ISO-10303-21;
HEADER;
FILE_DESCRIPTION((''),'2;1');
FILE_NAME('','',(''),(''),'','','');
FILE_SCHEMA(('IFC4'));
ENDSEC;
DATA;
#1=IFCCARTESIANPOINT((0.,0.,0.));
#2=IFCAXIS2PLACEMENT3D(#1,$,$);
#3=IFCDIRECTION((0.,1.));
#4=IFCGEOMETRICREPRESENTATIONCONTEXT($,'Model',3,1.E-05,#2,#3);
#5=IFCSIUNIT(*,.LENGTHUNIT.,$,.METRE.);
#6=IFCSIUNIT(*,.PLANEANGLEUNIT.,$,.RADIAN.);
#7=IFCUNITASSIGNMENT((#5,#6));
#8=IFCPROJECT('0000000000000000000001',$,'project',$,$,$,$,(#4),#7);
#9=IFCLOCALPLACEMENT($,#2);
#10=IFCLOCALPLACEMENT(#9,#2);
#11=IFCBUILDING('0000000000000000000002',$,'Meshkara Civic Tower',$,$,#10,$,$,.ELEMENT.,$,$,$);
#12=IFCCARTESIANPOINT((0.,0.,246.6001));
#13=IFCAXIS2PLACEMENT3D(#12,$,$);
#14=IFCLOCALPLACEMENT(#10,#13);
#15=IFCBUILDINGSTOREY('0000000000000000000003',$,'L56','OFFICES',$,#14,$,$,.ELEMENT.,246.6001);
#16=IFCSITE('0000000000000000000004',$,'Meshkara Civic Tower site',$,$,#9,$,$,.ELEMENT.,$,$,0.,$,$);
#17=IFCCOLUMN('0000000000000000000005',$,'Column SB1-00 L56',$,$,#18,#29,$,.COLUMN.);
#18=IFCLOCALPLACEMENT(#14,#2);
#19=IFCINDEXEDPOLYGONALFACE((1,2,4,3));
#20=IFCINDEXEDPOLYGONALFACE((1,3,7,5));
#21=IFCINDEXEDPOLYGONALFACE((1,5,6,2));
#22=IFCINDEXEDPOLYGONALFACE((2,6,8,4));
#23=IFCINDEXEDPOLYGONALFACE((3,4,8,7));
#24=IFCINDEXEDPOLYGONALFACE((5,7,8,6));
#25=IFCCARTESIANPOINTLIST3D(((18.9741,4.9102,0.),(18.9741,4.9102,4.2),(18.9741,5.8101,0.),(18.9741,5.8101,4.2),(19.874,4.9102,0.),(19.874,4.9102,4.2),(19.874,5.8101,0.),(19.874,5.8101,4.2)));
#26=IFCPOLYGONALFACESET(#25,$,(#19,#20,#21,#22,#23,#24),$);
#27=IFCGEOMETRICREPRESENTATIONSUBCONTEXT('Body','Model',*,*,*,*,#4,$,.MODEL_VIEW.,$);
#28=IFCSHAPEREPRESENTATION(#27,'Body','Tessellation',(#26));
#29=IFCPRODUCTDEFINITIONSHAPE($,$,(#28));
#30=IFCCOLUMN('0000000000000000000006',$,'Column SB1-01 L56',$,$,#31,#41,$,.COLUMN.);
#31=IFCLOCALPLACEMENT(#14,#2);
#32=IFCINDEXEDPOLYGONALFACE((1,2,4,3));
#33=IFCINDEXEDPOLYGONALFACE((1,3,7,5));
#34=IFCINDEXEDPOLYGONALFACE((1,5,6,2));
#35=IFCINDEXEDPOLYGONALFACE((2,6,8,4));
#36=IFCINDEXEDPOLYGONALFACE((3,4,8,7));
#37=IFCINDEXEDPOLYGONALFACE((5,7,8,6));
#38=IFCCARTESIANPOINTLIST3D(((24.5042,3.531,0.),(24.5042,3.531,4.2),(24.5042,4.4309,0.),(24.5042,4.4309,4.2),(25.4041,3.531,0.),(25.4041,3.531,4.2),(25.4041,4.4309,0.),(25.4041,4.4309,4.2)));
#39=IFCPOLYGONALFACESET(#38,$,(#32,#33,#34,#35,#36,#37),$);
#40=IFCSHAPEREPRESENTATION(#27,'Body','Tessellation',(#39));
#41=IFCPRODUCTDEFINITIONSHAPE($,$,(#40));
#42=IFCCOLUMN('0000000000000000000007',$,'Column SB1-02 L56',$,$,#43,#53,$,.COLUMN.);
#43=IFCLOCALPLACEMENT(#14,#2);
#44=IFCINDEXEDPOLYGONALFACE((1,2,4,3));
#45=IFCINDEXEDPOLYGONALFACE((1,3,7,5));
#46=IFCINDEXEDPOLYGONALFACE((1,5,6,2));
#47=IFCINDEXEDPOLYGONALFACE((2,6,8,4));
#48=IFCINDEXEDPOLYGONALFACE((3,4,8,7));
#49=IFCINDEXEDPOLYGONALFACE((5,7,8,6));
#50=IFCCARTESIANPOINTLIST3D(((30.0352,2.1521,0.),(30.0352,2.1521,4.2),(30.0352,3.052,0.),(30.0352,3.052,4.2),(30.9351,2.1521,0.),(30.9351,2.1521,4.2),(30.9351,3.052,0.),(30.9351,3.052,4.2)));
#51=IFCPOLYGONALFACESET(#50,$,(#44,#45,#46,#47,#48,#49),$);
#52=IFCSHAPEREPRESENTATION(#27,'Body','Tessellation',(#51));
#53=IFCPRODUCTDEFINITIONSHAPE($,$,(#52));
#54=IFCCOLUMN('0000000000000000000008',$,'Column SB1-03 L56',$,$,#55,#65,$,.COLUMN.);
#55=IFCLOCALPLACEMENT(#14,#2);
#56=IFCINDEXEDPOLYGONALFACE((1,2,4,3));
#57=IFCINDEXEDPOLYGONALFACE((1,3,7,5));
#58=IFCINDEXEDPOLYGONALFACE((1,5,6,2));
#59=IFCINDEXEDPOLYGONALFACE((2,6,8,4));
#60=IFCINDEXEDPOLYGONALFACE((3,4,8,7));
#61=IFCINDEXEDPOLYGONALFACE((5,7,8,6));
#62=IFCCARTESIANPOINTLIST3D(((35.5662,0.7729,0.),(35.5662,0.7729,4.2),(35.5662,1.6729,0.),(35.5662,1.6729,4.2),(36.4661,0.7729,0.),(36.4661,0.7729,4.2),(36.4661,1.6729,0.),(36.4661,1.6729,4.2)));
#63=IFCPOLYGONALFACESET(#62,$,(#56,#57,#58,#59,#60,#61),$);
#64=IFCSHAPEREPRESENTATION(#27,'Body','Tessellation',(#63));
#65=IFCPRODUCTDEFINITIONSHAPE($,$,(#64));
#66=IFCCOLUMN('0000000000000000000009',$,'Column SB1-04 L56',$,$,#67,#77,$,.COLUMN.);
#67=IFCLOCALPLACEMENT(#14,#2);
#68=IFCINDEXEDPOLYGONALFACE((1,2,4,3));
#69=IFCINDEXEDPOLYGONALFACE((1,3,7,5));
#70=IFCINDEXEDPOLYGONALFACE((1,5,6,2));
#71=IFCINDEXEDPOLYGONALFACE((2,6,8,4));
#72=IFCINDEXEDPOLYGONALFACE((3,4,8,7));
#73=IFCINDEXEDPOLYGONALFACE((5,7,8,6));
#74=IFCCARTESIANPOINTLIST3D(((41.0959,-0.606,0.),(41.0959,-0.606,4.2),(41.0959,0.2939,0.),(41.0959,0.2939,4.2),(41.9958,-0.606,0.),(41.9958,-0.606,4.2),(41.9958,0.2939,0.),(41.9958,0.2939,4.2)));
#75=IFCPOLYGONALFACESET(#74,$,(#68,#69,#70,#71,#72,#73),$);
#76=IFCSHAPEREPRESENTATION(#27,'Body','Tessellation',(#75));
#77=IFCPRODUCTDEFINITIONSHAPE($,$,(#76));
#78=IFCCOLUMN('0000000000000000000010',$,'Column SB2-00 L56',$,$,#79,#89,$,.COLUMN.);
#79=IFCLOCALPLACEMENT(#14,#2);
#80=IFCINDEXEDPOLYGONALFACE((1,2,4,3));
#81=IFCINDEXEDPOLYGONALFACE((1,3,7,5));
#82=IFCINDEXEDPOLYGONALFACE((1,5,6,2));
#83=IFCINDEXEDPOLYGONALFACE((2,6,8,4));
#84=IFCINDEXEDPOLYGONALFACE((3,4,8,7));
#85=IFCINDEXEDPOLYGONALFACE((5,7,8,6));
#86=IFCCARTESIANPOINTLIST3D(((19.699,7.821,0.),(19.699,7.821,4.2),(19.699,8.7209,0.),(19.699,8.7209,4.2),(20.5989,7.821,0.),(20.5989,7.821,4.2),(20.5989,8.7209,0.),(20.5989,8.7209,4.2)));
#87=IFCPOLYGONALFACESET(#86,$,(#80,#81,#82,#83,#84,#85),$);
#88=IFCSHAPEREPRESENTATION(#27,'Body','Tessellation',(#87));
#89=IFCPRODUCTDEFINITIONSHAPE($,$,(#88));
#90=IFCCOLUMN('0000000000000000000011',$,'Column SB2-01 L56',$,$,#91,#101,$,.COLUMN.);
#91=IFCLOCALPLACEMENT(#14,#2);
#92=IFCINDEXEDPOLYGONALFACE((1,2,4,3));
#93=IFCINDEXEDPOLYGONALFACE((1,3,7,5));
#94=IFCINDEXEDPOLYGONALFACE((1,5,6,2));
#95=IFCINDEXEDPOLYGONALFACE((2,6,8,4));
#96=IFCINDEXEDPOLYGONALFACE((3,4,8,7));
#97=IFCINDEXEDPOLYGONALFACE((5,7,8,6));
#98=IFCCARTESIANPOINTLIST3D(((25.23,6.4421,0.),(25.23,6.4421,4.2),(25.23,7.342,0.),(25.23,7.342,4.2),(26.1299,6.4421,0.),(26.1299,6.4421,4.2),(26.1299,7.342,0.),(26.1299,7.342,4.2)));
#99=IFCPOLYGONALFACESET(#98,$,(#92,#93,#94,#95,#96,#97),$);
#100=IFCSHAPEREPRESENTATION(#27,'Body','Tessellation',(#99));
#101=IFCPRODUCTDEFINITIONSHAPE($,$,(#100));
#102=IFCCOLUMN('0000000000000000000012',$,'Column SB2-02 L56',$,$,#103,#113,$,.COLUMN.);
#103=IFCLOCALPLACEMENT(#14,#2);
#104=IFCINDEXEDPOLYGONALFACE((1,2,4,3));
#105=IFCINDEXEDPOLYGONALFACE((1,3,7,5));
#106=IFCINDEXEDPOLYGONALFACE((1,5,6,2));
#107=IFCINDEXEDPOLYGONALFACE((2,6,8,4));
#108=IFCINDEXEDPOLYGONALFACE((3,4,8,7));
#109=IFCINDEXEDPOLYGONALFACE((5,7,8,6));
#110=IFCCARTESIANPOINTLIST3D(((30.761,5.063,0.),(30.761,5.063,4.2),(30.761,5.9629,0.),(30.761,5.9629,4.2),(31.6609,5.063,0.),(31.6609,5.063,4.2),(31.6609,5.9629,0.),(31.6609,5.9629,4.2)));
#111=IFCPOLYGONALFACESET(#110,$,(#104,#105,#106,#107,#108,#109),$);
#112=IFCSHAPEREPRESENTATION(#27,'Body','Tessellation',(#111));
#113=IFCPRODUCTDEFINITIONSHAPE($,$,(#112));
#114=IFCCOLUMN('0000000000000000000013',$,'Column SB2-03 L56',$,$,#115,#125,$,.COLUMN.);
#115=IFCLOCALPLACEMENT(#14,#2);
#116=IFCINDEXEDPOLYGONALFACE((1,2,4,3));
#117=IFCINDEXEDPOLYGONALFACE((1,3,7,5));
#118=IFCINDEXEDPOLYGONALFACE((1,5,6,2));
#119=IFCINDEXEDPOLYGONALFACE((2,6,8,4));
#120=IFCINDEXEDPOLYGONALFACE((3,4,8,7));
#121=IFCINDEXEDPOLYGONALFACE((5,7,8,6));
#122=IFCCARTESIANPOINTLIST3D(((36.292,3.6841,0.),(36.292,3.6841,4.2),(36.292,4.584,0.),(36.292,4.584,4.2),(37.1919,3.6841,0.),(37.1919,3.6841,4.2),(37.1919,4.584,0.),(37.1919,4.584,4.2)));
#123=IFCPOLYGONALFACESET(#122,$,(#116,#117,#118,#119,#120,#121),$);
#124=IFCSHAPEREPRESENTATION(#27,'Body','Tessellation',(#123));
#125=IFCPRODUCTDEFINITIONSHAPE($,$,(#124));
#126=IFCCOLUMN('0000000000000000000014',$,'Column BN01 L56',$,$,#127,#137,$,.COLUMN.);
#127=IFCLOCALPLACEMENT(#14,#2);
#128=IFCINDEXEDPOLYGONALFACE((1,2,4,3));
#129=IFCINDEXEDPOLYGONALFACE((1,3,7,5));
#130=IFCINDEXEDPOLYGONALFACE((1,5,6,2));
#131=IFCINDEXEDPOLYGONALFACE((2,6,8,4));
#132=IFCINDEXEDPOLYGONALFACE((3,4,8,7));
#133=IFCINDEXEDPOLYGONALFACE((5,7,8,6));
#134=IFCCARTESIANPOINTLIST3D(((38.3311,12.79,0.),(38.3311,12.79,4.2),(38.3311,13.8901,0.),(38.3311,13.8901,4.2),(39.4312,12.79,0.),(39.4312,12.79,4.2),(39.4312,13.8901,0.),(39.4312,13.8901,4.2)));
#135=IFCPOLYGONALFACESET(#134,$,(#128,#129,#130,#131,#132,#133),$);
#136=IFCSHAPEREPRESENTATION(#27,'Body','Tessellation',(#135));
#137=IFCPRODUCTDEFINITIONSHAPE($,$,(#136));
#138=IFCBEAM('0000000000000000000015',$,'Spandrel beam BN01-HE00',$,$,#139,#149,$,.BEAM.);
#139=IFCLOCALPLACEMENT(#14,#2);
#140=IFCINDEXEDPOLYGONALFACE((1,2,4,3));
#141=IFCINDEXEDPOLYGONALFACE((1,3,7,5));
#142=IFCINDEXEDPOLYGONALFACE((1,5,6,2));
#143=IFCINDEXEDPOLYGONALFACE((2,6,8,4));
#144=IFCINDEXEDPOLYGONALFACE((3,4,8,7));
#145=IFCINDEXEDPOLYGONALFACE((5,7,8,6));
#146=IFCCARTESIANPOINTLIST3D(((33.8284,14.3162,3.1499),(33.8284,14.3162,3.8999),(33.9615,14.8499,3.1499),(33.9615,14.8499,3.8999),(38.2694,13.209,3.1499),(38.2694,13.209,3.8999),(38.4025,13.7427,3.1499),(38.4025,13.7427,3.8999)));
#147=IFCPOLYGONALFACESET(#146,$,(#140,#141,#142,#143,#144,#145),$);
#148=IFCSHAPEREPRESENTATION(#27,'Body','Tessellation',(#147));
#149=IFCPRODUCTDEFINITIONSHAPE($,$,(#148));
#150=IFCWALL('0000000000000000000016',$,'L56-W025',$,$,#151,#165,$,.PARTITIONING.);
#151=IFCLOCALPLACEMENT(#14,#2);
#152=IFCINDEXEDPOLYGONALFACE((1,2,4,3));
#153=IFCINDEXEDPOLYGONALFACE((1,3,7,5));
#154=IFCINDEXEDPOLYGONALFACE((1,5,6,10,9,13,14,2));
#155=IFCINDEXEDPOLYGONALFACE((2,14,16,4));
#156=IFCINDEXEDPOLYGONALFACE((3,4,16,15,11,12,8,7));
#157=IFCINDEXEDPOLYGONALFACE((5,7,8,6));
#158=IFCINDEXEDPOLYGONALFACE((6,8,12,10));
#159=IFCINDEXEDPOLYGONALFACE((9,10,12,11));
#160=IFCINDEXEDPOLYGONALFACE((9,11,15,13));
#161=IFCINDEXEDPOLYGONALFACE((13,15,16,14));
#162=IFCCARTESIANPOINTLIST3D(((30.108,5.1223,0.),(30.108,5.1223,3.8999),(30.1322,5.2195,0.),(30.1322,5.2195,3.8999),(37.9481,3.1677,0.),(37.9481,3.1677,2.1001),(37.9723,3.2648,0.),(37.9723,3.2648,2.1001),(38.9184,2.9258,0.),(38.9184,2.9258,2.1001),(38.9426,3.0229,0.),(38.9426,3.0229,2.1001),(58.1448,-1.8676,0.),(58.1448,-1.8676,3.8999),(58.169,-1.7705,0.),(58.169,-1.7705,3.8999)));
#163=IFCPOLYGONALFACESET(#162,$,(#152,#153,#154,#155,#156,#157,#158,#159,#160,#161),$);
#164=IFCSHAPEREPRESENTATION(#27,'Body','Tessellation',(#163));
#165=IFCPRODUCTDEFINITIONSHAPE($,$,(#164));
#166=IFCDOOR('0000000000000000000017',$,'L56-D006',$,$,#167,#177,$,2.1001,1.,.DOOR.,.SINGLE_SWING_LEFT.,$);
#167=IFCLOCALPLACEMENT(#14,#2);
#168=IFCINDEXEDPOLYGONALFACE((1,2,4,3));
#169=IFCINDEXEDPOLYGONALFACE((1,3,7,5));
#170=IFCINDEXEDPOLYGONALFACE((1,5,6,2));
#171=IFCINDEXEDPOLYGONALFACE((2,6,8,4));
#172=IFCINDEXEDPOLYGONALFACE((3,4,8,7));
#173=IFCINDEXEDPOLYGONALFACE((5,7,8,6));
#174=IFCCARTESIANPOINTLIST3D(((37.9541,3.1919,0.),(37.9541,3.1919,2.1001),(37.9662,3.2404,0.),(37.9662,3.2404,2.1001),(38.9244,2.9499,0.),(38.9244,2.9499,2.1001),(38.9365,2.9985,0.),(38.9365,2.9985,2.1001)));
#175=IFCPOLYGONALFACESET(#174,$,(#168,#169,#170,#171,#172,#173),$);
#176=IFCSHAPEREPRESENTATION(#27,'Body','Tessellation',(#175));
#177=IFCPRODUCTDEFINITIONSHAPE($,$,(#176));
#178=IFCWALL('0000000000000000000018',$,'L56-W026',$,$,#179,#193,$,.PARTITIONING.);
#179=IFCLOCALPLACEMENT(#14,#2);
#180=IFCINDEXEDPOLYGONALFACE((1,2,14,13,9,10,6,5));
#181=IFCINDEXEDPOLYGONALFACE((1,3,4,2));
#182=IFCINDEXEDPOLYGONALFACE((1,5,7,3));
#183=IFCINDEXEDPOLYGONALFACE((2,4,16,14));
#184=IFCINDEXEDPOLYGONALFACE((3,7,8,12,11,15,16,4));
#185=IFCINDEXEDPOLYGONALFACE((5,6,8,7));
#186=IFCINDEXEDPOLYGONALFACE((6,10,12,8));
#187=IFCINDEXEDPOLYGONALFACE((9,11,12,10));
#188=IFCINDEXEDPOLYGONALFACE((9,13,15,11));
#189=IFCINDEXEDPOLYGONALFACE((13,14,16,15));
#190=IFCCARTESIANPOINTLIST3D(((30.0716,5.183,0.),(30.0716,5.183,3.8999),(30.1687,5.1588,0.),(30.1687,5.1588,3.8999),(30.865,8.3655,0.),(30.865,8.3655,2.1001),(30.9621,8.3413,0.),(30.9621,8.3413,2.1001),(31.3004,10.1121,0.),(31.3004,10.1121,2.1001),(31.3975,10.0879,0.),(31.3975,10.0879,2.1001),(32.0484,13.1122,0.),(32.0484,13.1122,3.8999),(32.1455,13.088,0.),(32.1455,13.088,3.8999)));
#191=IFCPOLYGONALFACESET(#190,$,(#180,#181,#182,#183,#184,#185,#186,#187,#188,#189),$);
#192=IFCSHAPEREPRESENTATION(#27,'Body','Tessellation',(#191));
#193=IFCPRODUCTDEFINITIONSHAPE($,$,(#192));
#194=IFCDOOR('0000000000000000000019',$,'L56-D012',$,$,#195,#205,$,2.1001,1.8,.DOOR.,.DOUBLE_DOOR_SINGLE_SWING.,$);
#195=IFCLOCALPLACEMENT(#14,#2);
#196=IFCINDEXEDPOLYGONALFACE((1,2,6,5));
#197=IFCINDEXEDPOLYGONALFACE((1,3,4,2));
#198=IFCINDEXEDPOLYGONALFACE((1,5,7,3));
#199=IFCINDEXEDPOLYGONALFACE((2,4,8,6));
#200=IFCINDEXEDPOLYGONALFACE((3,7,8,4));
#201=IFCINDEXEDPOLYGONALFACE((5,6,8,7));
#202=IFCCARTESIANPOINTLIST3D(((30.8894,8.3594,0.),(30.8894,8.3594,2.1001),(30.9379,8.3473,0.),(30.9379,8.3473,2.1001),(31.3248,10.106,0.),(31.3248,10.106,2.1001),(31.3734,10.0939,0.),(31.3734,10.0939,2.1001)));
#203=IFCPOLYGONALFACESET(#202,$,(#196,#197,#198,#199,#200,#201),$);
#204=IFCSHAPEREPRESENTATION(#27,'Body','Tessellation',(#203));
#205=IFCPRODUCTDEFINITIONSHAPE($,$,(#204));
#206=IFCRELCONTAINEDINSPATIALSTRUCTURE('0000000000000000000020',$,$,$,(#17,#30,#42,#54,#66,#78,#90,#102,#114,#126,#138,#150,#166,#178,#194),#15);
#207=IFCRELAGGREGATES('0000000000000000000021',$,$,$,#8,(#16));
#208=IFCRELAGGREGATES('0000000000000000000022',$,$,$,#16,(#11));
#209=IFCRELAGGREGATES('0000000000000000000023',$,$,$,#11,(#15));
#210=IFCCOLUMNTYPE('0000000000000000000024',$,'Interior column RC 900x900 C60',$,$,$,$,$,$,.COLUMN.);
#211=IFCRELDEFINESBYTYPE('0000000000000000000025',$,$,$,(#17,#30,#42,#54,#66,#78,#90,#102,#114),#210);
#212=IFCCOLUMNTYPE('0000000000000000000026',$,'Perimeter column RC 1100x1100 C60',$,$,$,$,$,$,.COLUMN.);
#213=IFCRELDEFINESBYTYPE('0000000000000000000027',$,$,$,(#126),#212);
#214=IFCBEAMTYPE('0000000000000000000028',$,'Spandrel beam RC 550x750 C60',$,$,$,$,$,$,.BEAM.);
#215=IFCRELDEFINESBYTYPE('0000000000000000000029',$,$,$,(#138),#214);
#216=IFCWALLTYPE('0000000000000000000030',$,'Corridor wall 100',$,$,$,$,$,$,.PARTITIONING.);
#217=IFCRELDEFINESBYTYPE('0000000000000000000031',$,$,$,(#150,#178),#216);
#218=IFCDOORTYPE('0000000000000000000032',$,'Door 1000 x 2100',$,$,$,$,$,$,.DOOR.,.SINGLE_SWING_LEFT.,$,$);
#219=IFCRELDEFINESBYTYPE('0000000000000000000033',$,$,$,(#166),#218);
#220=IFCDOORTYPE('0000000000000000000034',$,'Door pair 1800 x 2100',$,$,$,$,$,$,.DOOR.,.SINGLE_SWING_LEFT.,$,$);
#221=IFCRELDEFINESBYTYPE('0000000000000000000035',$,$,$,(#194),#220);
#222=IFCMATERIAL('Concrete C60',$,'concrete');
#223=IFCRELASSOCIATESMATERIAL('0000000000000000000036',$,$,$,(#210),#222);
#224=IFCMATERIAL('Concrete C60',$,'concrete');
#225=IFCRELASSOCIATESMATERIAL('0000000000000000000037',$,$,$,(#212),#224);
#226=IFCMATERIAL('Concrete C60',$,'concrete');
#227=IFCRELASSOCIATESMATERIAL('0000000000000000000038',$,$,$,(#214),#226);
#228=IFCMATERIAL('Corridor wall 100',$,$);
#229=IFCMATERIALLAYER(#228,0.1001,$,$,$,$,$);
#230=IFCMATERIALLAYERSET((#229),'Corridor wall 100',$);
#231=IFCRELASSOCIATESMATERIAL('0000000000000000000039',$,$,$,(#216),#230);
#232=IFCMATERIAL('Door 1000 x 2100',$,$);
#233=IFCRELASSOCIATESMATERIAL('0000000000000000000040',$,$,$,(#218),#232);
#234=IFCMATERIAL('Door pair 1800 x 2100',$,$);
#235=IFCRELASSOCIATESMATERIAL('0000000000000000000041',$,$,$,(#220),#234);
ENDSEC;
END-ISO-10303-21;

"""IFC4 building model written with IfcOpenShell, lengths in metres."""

from ifc_helpers import new_model, si_unit, direction, frame, frame_2d, origin, origin_2d, place, context, subcontext, project, spatial, rectangle, extrude, material, layer, layer_set, material_profile, profile_set, type_object, element, fill, save


model = new_model("IFC4")

# Units and contexts
model_context = context("Model", 3, precision=1e-05, world=origin(), true_north=direction((0.0, 1.0)))
body_context = subcontext(model_context, "Body", "Model", "MODEL_VIEW")
ifc_project = project(units=[si_unit("LENGTHUNIT", "METRE"), si_unit("PLANEANGLEUNIT", "RADIAN")], contexts=[model_context])

# Site, building, storey
site_placement = place(None, origin())
site = spatial("IfcSite", under=ifc_project, at=site_placement, Name="Meshkara Civic Tower site", CompositionType="ELEMENT", RefElevation=0.0)
building_placement = place(site_placement, origin())
building = spatial("IfcBuilding", under=site, at=building_placement, Name="Meshkara Civic Tower", CompositionType="ELEMENT")
storey_placement = place(building_placement, frame((0.0, 0.0, 246.6001)))
storey = spatial("IfcBuildingStorey", under=building, at=storey_placement, Name="L56", Description="OFFICES", CompositionType="ELEMENT", Elevation=246.6001)

# Columns
ifc_material_1 = material(Name="Concrete C60", Category="concrete")
ifc_material_profile_1 = material_profile(ifc_material_1, rectangle(XDim=0.8999, YDim=0.8999, at=origin_2d()))
ifc_profile_set_1 = profile_set([ifc_material_profile_1], Name="Concrete C60")
column_type_1 = type_object("IfcColumnType", Name="Interior column RC 900x900 C60", PredefinedType="COLUMN", material=ifc_profile_set_1)
for number, where, z_axis, x_axis, name in (
    (1, (19.4241, 5.3601, 0.0), (0.0, 0.0, 1.0), (1.0, 0.0, 0.0), "Column SB1-00 L56"),
    (2, (24.9541, 3.981, 0.0), (0.0, 0.0, 1.0), (1.0, 0.0, 0.0), "Column SB1-01 L56"),
    (3, (30.4851, 2.6021, 0.0), (0.0, 0.0, 1.0), (1.0, 0.0, 0.0), "Column SB1-02 L56"),
    (4, (36.0161, 1.2229, 0.0), (0.0, 0.0, 1.0), (1.0, 0.0, 0.0), "Column SB1-03 L56"),
    (5, (41.5459, -0.156, 0.0), (0.0, 0.0, 1.0), (1.0, 0.0, 0.0), "Column SB1-04 L56"),
    (6, (20.1489, 8.271, 0.0), (0.0, 0.0, 1.0), (1.0, 0.0, 0.0), "Column SB2-00 L56"),
    (7, (25.6799, 6.8921, 0.0), (0.0, 0.0, 1.0), (1.0, 0.0, 0.0), "Column SB2-01 L56"),
    (8, (31.2109, 5.5129, 0.0), (0.0, 0.0, 1.0), (1.0, 0.0, 0.0), "Column SB2-02 L56"),
    (9, (36.7419, 4.134, 0.0), (0.0, 0.0, 1.0), (1.0, 0.0, 0.0), "Column SB2-03 L56"),
):
    element("IfcColumn", number, at=place(storey_placement, frame(where, z_axis=z_axis, x_axis=x_axis)), inside=storey, type_object=column_type_1, Name=name, PredefinedType="COLUMN", context=body_context, shape_type="SweptSolid", body=[
        extrude(rectangle(XDim=0.8999, YDim=0.8999, at=origin_2d()), origin(), (0.0, 0.0, 1.0), 4.2),
    ])
ifc_material_2 = material(Name="Concrete C60", Category="concrete")
ifc_material_profile_2 = material_profile(ifc_material_2, rectangle(XDim=1.1001, YDim=1.1001, at=origin_2d()))
ifc_profile_set_2 = profile_set([ifc_material_profile_2], Name="Concrete C60")
column_type_2 = type_object("IfcColumnType", Name="Perimeter column RC 1100x1100 C60", PredefinedType="COLUMN", material=ifc_profile_set_2)
column_placement = place(storey_placement, frame((38.8811, 13.3401, 0.0), z_axis=(0.0, 0.0, 1.0), x_axis=(1.0, 0.0, 0.0)))
element("IfcColumn", 10, at=column_placement, inside=storey, type_object=column_type_2, Name="Column BN01 L56", PredefinedType="COLUMN", context=body_context, shape_type="SweptSolid", body=[
    extrude(rectangle(XDim=1.1001, YDim=1.1001, at=origin_2d()), origin(), (0.0, 0.0, 1.0), 4.2),
])

# Beam
ifc_material_3 = material(Name="Concrete C60", Category="concrete")
ifc_material_profile_3 = material_profile(ifc_material_3, rectangle(XDim=0.55, YDim=0.75, at=origin_2d()))
ifc_profile_set_3 = profile_set([ifc_material_profile_3], Name="Concrete C60")
beam_type = type_object("IfcBeamType", Name="Spandrel beam RC 550x750 C60", PredefinedType="BEAM", material=ifc_profile_set_3)
beam_placement = place(storey_placement, frame((38.3359, 13.4758, 3.5249), z_axis=(-0.970299, 0.241908, 0.0), x_axis=(-0.241908, -0.970299, 0.0)))
element("IfcBeam", 11, at=beam_placement, inside=storey, type_object=beam_type, Name="Spandrel beam BN01-HE00", PredefinedType="BEAM", context=body_context, shape_type="SweptSolid", body=[
    extrude(rectangle(XDim=0.55, YDim=0.75, at=origin_2d()), origin(), (0.0, 0.0, 1.0), 4.5769),
])

# Walls, openings, doors
ifc_material_4 = material(Name="Corridor wall 100")
ifc_layer_1 = layer(ifc_material_4, 0.1001)
ifc_layer_set_1 = layer_set([ifc_layer_1], Name="Corridor wall 100")
wall_type_1 = type_object("IfcWallType", Name="Corridor wall 100", PredefinedType="PARTITIONING", material=ifc_layer_set_1)
wall_1_placement = place(storey_placement, frame((30.1201, 5.1709, 0.0), z_axis=(0.0, 0.0, 1.0), x_axis=(0.970299, -0.241909, 0.0)))
wall_1 = element("IfcWall", 12, at=wall_1_placement, inside=storey, type_object=wall_type_1, Name="L56-W025", PredefinedType="PARTITIONING", context=body_context, shape_type="SweptSolid", body=[
    extrude(rectangle(XDim=28.895, YDim=0.1001, at=frame_2d((14.4475, 0.0))), origin(), (0.0, 0.0, 1.0), 3.8999),
])
opening_1_placement = place(wall_1_placement, frame((8.0801, 0.0, 0.0)))
opening_1 = element("IfcOpeningElement", 13, at=opening_1_placement, cuts=wall_1, PredefinedType="OPENING", context=body_context, shape_type="SweptSolid", body=[
    extrude(rectangle(XDim=1.0, YDim=2.1001, at=frame_2d((0.5, 1.05))), frame((0.0, 0.0601, 0.0), z_axis=(0.0, -1.0, 0.0), x_axis=(1.0, 0.0, 0.0)), (0.0, 0.0, 1.0), 0.1201),
])
ifc_material_5 = material(Name="Door 1000 x 2100")
door_type_1 = type_object("IfcDoorType", Name="Door 1000 x 2100", OperationType="SINGLE_SWING_LEFT", PredefinedType="DOOR", material=ifc_material_5)
door_1_placement = place(opening_1_placement, origin())
door_1 = element("IfcDoor", 14, at=door_1_placement, inside=storey, type_object=door_type_1, Name="L56-D006", OperationType="SINGLE_SWING_LEFT", OverallHeight=2.1001, OverallWidth=1.0, PredefinedType="DOOR", context=body_context, shape_type="SweptSolid", body=[
    extrude(rectangle(XDim=1.0, YDim=2.1001, at=frame_2d((0.5, 1.05))), frame((0.0, 0.0249, 0.0), z_axis=(0.0, -1.0, 0.0), x_axis=(1.0, 0.0, 0.0)), (0.0, 0.0, 1.0), 0.05),
])
fill(opening_1, door_1)
wall_2_placement = place(storey_placement, frame((30.1201, 5.1709, 0.0), z_axis=(0.0, 0.0, 1.0), x_axis=(0.241903, 0.9703, 0.0)))
wall_2 = element("IfcWall", 15, at=wall_2_placement, inside=storey, type_object=wall_type_1, Name="L56-W026", PredefinedType="PARTITIONING", context=body_context, shape_type="SweptSolid", body=[
    extrude(rectangle(XDim=8.1719, YDim=0.1001, at=frame_2d((4.0859, 0.0))), origin(), (0.0, 0.0, 1.0), 3.8999),
])
opening_2_placement = place(wall_2_placement, frame((3.28, 0.0, 0.0)))
opening_2 = element("IfcOpeningElement", 16, at=opening_2_placement, cuts=wall_2, PredefinedType="OPENING", context=body_context, shape_type="SweptSolid", body=[
    extrude(rectangle(XDim=1.8, YDim=2.1001, at=frame_2d((0.8999, 1.05))), frame((0.0, 0.0601, 0.0), z_axis=(0.0, -1.0, 0.0), x_axis=(1.0, 0.0, 0.0)), (0.0, 0.0, 1.0), 0.1201),
])
ifc_material_6 = material(Name="Door pair 1800 x 2100")
door_type_2 = type_object("IfcDoorType", Name="Door pair 1800 x 2100", OperationType="SINGLE_SWING_LEFT", PredefinedType="DOOR", material=ifc_material_6)
door_2_placement = place(opening_2_placement, origin())
door_2 = element("IfcDoor", 17, at=door_2_placement, inside=storey, type_object=door_type_2, Name="L56-D012", OperationType="DOUBLE_DOOR_SINGLE_SWING", OverallHeight=2.1001, OverallWidth=1.8, PredefinedType="DOOR", context=body_context, shape_type="SweptSolid", body=[
    extrude(rectangle(XDim=1.8, YDim=2.1001, at=frame_2d((0.8999, 1.05))), frame((0.0, 0.0249, 0.0), z_axis=(0.0, -1.0, 0.0), x_axis=(1.0, 0.0, 0.0)), (0.0, 0.0, 1.0), 0.05),
])
fill(opening_2, door_2)

save(model, "model.ifc")
